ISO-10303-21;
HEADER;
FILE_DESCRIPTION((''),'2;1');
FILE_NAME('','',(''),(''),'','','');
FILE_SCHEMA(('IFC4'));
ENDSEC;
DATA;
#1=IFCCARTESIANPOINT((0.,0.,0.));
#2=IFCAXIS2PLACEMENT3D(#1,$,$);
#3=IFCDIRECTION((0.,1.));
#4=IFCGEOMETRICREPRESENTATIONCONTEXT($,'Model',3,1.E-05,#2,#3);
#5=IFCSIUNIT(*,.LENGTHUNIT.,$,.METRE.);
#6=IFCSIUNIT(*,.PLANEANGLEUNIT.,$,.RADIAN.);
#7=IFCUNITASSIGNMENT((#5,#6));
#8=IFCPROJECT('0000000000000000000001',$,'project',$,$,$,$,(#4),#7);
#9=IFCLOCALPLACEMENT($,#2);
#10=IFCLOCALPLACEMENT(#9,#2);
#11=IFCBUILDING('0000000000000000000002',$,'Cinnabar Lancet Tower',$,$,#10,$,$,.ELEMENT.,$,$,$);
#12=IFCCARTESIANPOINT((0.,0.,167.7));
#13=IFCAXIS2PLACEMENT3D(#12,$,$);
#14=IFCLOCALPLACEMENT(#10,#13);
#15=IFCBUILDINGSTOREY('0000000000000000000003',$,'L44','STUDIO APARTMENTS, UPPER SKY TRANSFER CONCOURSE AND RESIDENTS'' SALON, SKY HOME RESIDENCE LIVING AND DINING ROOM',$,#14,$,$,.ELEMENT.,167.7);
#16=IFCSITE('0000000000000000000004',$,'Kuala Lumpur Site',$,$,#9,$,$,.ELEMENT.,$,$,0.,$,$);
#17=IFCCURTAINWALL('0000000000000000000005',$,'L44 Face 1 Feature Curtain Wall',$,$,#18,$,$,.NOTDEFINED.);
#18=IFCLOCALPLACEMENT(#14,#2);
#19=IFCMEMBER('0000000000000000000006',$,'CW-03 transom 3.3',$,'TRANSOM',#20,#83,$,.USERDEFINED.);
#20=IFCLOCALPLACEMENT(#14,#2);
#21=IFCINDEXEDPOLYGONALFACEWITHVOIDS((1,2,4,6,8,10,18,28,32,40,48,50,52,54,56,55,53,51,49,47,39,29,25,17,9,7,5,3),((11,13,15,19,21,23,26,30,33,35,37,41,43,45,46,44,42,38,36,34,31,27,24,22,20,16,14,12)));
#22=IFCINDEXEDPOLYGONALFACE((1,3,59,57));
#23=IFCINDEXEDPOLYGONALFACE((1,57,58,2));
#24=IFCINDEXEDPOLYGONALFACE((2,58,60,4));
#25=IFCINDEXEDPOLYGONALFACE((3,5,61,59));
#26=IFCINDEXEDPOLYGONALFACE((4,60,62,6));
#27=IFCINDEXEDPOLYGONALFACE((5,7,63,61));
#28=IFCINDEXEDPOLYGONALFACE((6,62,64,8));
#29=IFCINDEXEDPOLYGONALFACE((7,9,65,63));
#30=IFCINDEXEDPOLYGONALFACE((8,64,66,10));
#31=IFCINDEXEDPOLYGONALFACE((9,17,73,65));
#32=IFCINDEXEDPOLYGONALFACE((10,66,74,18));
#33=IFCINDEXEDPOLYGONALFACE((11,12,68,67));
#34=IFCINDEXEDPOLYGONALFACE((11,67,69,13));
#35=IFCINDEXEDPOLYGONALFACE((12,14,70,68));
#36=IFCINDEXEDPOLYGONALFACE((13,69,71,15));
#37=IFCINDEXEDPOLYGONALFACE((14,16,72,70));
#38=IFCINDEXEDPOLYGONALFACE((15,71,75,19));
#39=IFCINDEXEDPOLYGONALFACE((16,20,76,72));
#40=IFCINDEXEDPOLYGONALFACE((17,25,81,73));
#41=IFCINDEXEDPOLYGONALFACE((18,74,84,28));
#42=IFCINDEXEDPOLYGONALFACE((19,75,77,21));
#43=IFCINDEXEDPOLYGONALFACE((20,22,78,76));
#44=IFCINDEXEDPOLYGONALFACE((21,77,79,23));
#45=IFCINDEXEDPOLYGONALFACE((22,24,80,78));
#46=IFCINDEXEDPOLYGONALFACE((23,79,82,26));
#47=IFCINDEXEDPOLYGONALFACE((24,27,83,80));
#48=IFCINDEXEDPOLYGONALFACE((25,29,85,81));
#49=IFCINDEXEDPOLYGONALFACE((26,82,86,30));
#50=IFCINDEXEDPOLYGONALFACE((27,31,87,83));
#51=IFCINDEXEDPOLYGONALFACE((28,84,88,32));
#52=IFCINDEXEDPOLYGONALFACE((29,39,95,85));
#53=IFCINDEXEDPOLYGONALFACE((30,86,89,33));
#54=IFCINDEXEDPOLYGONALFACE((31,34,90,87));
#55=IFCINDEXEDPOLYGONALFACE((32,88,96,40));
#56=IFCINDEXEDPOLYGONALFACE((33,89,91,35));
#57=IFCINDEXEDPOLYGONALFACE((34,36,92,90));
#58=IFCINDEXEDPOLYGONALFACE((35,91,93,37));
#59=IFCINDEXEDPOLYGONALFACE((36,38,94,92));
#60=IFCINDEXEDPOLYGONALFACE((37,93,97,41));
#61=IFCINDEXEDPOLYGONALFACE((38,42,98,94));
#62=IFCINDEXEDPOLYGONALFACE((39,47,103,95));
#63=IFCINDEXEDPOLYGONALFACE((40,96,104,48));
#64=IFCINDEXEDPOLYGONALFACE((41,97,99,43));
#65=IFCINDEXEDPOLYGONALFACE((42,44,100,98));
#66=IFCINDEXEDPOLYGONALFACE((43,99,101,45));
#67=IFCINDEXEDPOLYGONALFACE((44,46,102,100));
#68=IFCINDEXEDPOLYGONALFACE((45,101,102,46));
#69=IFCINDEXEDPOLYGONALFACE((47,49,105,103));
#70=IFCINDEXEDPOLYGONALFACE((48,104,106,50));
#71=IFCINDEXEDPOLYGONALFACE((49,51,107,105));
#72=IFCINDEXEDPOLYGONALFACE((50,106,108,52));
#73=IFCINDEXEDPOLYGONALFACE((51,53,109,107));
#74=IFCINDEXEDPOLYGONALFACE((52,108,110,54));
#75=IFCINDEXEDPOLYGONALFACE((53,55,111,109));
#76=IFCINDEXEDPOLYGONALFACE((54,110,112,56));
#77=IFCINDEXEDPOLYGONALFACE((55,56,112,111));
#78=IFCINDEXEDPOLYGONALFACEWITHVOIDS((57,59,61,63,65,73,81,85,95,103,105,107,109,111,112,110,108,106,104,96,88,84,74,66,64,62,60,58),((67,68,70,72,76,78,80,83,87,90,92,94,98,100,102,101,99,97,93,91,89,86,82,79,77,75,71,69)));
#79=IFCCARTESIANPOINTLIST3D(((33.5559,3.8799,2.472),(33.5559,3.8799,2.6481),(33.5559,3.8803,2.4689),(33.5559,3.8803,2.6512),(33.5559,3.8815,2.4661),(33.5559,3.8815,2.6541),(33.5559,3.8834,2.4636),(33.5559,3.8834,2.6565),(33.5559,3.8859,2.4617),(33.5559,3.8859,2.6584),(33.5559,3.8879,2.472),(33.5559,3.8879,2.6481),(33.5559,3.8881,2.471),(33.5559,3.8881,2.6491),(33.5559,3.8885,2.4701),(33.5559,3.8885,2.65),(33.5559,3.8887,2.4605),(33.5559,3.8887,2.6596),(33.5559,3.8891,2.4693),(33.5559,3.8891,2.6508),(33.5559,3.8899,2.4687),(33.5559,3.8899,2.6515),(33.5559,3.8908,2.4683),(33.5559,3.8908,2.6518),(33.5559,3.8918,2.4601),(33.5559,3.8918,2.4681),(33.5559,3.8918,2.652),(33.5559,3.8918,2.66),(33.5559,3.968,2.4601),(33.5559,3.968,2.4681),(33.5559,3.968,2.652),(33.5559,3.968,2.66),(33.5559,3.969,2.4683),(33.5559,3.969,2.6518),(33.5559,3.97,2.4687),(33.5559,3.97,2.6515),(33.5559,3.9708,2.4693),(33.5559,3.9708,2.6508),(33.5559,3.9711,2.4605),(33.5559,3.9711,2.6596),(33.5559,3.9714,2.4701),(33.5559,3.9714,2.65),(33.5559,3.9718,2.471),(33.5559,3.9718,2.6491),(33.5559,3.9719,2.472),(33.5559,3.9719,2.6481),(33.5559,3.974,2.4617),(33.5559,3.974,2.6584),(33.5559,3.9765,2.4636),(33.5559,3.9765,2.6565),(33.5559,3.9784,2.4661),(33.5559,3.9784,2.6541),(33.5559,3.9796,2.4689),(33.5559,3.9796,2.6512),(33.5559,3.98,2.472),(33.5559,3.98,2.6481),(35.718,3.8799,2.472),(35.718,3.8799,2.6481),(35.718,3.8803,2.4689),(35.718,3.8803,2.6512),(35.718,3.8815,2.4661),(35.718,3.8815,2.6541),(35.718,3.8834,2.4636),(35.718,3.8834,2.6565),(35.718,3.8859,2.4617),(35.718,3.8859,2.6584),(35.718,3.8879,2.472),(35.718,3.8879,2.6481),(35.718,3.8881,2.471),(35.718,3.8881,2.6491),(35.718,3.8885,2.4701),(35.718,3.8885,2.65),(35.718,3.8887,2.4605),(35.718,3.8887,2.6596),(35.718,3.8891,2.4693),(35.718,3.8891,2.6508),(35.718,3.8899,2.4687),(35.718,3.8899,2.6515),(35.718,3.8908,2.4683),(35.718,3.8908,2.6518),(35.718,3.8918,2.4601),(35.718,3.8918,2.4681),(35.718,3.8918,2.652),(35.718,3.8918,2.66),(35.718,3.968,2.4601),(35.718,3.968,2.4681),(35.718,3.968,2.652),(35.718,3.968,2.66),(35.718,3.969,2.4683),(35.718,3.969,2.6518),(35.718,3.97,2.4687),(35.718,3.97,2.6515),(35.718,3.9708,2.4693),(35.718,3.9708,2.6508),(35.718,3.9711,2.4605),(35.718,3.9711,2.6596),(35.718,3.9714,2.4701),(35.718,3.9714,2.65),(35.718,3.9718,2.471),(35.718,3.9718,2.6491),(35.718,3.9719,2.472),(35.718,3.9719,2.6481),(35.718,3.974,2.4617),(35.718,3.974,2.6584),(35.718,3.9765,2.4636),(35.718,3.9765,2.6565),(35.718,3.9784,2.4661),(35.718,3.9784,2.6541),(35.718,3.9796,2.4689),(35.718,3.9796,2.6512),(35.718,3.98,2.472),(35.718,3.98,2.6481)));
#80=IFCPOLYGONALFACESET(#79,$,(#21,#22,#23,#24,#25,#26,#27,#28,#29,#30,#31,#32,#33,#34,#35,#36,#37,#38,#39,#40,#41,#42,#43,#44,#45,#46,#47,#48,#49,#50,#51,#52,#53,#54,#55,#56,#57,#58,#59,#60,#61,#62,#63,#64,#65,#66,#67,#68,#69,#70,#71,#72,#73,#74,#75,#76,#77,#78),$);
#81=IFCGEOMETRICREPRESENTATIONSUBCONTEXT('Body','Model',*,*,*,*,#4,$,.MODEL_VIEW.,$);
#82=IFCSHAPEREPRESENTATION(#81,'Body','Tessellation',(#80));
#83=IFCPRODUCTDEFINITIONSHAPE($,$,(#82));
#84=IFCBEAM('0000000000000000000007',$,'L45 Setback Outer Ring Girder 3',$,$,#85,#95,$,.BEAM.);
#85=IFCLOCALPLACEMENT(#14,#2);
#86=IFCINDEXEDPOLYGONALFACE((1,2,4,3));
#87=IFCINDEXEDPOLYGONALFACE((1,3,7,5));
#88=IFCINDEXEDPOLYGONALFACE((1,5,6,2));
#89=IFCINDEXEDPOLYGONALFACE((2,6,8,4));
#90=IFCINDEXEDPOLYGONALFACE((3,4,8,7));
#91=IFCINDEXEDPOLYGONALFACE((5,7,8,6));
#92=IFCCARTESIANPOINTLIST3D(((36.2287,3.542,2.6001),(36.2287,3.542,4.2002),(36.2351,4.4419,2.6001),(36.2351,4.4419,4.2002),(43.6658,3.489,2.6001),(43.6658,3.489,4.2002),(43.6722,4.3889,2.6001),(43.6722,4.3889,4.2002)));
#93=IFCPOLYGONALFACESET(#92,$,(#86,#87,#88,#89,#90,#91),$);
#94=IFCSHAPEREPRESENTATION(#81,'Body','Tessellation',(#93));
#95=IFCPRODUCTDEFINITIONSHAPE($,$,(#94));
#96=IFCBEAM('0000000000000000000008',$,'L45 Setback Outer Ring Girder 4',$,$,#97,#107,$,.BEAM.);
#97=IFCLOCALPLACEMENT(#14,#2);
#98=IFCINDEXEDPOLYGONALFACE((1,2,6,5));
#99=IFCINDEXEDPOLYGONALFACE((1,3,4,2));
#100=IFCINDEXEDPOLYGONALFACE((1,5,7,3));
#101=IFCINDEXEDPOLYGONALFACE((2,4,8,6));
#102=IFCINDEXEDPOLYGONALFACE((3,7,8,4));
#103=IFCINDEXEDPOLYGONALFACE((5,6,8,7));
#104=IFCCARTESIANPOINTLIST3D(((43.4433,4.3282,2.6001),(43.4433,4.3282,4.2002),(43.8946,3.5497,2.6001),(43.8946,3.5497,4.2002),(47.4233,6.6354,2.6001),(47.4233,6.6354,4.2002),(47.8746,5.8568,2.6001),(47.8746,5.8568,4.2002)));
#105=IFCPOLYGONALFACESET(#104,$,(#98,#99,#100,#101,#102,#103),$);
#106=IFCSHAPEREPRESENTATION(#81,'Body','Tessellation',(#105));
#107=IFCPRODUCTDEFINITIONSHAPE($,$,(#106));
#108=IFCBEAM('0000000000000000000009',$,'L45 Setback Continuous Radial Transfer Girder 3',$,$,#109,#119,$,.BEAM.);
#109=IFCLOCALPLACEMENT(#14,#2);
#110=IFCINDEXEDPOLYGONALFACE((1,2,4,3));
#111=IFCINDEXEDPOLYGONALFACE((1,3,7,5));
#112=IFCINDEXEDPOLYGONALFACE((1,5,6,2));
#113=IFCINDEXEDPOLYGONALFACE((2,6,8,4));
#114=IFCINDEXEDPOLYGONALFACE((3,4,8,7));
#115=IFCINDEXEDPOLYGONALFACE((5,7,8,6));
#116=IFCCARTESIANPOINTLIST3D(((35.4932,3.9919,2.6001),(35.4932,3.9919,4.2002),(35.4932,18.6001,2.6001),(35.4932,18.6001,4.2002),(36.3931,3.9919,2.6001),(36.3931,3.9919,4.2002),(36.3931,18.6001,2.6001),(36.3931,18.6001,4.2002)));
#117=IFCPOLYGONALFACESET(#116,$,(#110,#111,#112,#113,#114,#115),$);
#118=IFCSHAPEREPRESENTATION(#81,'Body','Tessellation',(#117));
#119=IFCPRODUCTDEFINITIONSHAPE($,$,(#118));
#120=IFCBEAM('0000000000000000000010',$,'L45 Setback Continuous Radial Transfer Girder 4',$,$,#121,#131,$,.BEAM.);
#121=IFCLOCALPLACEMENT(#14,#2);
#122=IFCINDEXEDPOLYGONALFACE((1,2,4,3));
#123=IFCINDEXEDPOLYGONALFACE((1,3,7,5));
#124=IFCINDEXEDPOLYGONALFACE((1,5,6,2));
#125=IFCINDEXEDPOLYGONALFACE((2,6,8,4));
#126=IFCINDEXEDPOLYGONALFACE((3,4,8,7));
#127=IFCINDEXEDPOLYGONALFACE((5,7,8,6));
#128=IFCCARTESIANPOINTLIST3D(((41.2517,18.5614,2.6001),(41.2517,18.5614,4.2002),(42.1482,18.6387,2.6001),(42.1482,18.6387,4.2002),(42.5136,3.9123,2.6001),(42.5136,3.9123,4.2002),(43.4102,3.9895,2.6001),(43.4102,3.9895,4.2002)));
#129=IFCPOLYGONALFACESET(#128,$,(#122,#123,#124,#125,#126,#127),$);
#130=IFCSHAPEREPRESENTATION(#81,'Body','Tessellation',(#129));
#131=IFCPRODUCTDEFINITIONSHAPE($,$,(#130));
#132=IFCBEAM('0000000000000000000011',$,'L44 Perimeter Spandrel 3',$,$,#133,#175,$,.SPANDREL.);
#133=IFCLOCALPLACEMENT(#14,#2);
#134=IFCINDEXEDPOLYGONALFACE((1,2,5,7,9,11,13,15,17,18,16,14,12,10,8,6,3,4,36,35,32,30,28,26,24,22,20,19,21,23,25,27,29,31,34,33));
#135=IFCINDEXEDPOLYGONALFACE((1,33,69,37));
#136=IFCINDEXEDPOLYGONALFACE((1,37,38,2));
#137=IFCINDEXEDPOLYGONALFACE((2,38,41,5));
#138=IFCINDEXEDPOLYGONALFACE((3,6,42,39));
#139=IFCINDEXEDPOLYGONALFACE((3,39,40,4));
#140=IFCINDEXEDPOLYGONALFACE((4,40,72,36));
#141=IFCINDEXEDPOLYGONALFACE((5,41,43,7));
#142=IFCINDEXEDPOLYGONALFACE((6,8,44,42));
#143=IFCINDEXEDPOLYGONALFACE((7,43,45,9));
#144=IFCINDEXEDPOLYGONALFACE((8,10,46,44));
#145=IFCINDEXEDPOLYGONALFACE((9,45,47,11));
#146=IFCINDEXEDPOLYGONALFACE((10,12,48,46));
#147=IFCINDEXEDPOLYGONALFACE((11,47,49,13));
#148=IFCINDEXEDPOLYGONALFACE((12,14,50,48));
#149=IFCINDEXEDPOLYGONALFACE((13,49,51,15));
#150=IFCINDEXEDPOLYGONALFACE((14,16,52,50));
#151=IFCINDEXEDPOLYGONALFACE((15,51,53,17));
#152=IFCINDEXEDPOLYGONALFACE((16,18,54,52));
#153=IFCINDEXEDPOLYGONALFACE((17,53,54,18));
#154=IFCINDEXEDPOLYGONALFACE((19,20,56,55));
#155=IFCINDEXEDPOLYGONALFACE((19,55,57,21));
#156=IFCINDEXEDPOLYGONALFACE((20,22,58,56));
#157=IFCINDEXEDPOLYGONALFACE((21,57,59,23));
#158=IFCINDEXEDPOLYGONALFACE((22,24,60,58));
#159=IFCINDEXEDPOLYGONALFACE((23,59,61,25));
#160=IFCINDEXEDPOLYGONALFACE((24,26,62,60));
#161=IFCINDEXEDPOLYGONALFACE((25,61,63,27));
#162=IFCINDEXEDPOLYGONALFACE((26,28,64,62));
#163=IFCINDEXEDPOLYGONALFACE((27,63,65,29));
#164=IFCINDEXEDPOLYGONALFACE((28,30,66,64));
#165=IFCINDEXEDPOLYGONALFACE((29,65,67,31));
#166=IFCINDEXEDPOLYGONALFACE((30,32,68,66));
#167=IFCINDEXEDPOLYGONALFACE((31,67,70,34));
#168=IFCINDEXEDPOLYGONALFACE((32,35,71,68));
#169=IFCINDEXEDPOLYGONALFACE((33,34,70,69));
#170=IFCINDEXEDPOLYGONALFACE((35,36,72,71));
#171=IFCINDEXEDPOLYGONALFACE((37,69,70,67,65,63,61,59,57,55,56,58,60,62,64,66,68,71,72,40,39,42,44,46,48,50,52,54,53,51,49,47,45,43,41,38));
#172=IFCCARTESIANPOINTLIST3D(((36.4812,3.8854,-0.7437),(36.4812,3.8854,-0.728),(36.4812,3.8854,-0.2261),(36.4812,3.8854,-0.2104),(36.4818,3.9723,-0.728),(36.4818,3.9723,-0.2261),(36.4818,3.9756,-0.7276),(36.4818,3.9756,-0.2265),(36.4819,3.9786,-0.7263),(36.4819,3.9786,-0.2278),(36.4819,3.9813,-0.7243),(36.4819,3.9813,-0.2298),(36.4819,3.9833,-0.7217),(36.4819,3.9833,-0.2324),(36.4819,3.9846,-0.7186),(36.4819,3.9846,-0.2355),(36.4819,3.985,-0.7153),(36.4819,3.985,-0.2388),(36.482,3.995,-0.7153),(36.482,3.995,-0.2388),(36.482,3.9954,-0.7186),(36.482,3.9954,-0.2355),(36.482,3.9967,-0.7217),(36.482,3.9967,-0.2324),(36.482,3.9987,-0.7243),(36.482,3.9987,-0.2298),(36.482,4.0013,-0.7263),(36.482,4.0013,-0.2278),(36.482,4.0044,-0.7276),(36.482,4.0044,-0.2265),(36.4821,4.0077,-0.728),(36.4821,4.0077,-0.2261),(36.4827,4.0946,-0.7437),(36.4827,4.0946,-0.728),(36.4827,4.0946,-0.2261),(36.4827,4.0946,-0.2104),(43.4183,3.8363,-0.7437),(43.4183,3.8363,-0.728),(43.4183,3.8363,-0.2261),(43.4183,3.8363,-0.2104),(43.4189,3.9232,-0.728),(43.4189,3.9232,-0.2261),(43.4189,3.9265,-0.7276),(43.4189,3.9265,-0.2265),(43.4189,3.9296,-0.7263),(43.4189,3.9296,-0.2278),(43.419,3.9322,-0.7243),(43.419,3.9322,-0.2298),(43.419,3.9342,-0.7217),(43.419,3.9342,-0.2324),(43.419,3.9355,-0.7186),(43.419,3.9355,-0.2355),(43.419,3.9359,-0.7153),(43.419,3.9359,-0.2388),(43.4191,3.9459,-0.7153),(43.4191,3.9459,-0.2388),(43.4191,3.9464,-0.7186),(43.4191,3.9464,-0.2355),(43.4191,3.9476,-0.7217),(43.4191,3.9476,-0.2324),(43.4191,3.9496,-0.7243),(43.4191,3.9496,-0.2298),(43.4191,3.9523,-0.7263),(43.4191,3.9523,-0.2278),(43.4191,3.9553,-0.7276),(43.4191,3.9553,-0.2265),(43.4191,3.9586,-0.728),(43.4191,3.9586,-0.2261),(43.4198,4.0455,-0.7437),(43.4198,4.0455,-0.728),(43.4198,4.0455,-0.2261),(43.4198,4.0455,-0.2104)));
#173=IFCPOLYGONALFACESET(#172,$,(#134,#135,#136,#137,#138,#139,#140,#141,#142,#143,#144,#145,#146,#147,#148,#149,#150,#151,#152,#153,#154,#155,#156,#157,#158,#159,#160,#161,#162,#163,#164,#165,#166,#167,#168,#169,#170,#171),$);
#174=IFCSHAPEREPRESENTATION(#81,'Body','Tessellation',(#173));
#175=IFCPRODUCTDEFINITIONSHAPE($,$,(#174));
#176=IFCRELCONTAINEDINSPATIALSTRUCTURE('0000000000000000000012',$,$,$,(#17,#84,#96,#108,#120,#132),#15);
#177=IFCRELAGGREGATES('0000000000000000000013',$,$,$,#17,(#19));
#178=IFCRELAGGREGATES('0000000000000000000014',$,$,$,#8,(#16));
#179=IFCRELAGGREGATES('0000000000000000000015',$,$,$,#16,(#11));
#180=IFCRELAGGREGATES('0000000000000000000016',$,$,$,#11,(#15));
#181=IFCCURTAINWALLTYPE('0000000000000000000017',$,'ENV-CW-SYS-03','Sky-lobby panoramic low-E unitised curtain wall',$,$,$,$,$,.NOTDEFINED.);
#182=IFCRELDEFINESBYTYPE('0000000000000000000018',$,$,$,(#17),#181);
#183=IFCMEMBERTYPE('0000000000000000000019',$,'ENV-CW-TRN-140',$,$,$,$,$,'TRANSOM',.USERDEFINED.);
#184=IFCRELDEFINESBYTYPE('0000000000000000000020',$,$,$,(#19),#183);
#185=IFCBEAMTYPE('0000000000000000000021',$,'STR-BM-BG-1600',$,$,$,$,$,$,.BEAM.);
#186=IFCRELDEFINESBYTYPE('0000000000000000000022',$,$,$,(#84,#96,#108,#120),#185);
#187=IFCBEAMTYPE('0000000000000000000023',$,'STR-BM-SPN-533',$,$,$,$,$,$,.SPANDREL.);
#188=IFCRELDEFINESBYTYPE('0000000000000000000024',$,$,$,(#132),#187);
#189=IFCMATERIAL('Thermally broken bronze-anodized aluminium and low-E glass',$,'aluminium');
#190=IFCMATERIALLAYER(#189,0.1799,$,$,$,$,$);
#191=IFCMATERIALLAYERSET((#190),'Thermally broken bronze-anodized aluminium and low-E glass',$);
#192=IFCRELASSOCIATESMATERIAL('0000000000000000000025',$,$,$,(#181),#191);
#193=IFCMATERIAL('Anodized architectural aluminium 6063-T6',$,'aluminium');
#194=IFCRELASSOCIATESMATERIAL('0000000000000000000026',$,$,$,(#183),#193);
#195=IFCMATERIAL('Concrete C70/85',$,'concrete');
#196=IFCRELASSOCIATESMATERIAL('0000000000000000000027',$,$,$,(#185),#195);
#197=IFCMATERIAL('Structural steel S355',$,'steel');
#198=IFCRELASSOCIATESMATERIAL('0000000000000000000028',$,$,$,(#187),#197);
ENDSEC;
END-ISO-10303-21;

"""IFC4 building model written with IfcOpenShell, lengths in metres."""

from ifc_helpers import new_model, si_unit, direction, frame, origin, origin_2d, place, context, subcontext, project, spatial, rectangle, hollow_rectangle, i_section, extrude, material, layer, layer_set, material_profile, profile_set, type_object, element, aggregate, save


model = new_model("IFC4")

# Units and contexts
model_context = context("Model", 3, precision=1e-05, world=origin(), true_north=direction((0.0, 1.0)))
body_context = subcontext(model_context, "Body", "Model", "MODEL_VIEW")
ifc_project = project(units=[si_unit("LENGTHUNIT", "METRE"), si_unit("PLANEANGLEUNIT", "RADIAN")], contexts=[model_context])

# Site, building, storey
site_placement = place(None, origin())
site = spatial("IfcSite", under=ifc_project, at=site_placement, Name="Kuala Lumpur Site", CompositionType="ELEMENT", RefElevation=0.0)
building_placement = place(site_placement, origin())
building = spatial("IfcBuilding", under=site, at=building_placement, Name="Cinnabar Lancet Tower", CompositionType="ELEMENT")
storey_placement = place(building_placement, frame((0.0, 0.0, 167.7)))
storey = spatial("IfcBuildingStorey", under=building, at=storey_placement, Name="L44", Description="STUDIO APARTMENTS, UPPER SKY TRANSFER CONCOURSE AND RESIDENTS' SALON, SKY HOME RESIDENCE LIVING AND DINING ROOM", CompositionType="ELEMENT", Elevation=167.7)

# Curtain wall, member
ifc_material_1 = material(Name="Thermally broken bronze-anodized aluminium and low-E glass", Category="aluminium")
ifc_layer_1 = layer(ifc_material_1, 0.1799)
ifc_layer_set_1 = layer_set([ifc_layer_1], Name="Thermally broken bronze-anodized aluminium and low-E glass")
curtain_wall_type = type_object("IfcCurtainWallType", Name="ENV-CW-SYS-03", Description="Sky-lobby panoramic low-E unitised curtain wall", PredefinedType="NOTDEFINED", material=ifc_layer_set_1)
curtain_wall_placement = place(storey_placement, origin())
curtain_wall = element("IfcCurtainWall", 1, at=curtain_wall_placement, inside=storey, type_object=curtain_wall_type, Name="L44 Face 1 Feature Curtain Wall", PredefinedType="NOTDEFINED")
ifc_material_2 = material(Name="Anodized architectural aluminium 6063-T6", Category="aluminium")
ifc_material_profile_1 = material_profile(ifc_material_2, hollow_rectangle(XDim=0.1001, YDim=0.2, WallThickness=0.0081, InnerFilletRadius=0.0039, OuterFilletRadius=0.012, at=origin_2d()), Name="RHS 200x100x8")
ifc_profile_set_1 = profile_set([ifc_material_profile_1], Name="Anodized architectural aluminium 6063-T6")
member_type_1 = type_object("IfcMemberType", Name="ENV-CW-TRN-140", ElementType="TRANSOM", PredefinedType="USERDEFINED", material=ifc_profile_set_1)
member_1_placement = place(storey_placement, frame((33.5559, 3.9299, 2.5601), z_axis=(1.0, 0.0, 0.0), x_axis=(0.0, 1.0, 0.0)))
member_1 = element("IfcMember", 2, at=member_1_placement, type_object=member_type_1, Name="CW-03 transom 3.3", ObjectType="TRANSOM", PredefinedType="USERDEFINED", context=body_context, shape_type="SweptSolid", body=[
    extrude(hollow_rectangle(XDim=0.1001, YDim=0.2, WallThickness=0.0081, InnerFilletRadius=0.0039, OuterFilletRadius=0.012, at=origin_2d()), origin(), (0.0, 0.0, 1.0), 2.1621),
])

# Beams
ifc_material_3 = material(Name="Concrete C70/85", Category="concrete")
ifc_material_profile_2 = material_profile(ifc_material_3, rectangle(XDim=0.8999, YDim=1.6001, at=origin_2d()), Name="RC-BG 900x1600")
ifc_profile_set_2 = profile_set([ifc_material_profile_2], Name="Concrete C70/85")
beam_type_1 = type_object("IfcBeamType", Name="STR-BM-BG-1600", PredefinedType="BEAM", material=ifc_profile_set_2)
beam_1_placement = place(storey_placement, frame((36.2319, 3.9919, 3.4001), z_axis=(0.999975, -0.007123, 0.0), x_axis=(0.007123, 0.999975, 0.0)))
element("IfcBeam", 3, at=beam_1_placement, inside=storey, type_object=beam_type_1, Name="L45 Setback Outer Ring Girder 3", PredefinedType="BEAM", context=body_context, shape_type="SweptSolid", body=[
    extrude(rectangle(XDim=0.8999, YDim=1.6001, at=origin_2d()), origin(), (0.0, 0.0, 1.0), 7.4373),
])
beam_2_placement = place(storey_placement, frame((43.6689, 3.939, 3.4001), z_axis=(0.86515, 0.501513, 0.0), x_axis=(-0.501513, 0.86515, 0.0)))
element("IfcBeam", 4, at=beam_2_placement, inside=storey, type_object=beam_type_1, Name="L45 Setback Outer Ring Girder 4", PredefinedType="BEAM", context=body_context, shape_type="SweptSolid", body=[
    extrude(rectangle(XDim=0.8999, YDim=1.6001, at=origin_2d()), origin(), (0.0, 0.0, 1.0), 4.6003),
])
beam_3_placement = place(storey_placement, frame((35.9431, 3.9919, 3.4001), z_axis=(0.0, 1.0, 0.0), x_axis=(-1.0, 0.0, 0.0)))
element("IfcBeam", 5, at=beam_3_placement, inside=storey, type_object=beam_type_1, Name="L45 Setback Continuous Radial Transfer Girder 3", PredefinedType="BEAM", context=body_context, shape_type="SweptSolid", body=[
    extrude(rectangle(XDim=0.8999, YDim=1.6001, at=origin_2d()), origin(), (0.0, 0.0, 1.0), 14.6082),
])
beam_4_placement = place(storey_placement, frame((42.9619, 3.9509, 3.4001), z_axis=(-0.085828, 0.99631, 0.0), x_axis=(-0.99631, -0.085828, 0.0)))
element("IfcBeam", 6, at=beam_4_placement, inside=storey, type_object=beam_type_1, Name="L45 Setback Continuous Radial Transfer Girder 4", PredefinedType="BEAM", context=body_context, shape_type="SweptSolid", body=[
    extrude(rectangle(XDim=0.8999, YDim=1.6001, at=origin_2d()), origin(), (0.0, 0.0, 1.0), 14.7034),
])
ifc_material_4 = material(Name="Structural steel S355", Category="steel")
ifc_material_profile_3 = material_profile(ifc_material_4, i_section(OverallWidth=0.2092, OverallDepth=0.5332, WebThickness=0.01, FlangeThickness=0.0156, FilletRadius=0.0127, at=origin_2d()), Name="UKB 533x210x92")
ifc_profile_set_3 = profile_set([ifc_material_profile_3], Name="Structural steel S355")
beam_type_2 = type_object("IfcBeamType", Name="STR-BM-SPN-533", PredefinedType="SPANDREL", material=ifc_profile_set_3)
beam_5_placement = place(storey_placement, frame((36.4819, 3.99, -0.4771), z_axis=(0.999975, -0.007074, 0.0), x_axis=(0.007074, 0.999975, 0.0)))
element("IfcBeam", 7, at=beam_5_placement, inside=storey, type_object=beam_type_2, Name="L44 Perimeter Spandrel 3", PredefinedType="SPANDREL", context=body_context, shape_type="SweptSolid", body=[
    extrude(i_section(OverallWidth=0.2092, OverallDepth=0.5332, WebThickness=0.01, FlangeThickness=0.0156, FilletRadius=0.0127, at=origin_2d()), origin(), (0.0, 0.0, 1.0), 6.9373),
])

aggregate(curtain_wall, [member_1])

save(model, "model.ifc")
